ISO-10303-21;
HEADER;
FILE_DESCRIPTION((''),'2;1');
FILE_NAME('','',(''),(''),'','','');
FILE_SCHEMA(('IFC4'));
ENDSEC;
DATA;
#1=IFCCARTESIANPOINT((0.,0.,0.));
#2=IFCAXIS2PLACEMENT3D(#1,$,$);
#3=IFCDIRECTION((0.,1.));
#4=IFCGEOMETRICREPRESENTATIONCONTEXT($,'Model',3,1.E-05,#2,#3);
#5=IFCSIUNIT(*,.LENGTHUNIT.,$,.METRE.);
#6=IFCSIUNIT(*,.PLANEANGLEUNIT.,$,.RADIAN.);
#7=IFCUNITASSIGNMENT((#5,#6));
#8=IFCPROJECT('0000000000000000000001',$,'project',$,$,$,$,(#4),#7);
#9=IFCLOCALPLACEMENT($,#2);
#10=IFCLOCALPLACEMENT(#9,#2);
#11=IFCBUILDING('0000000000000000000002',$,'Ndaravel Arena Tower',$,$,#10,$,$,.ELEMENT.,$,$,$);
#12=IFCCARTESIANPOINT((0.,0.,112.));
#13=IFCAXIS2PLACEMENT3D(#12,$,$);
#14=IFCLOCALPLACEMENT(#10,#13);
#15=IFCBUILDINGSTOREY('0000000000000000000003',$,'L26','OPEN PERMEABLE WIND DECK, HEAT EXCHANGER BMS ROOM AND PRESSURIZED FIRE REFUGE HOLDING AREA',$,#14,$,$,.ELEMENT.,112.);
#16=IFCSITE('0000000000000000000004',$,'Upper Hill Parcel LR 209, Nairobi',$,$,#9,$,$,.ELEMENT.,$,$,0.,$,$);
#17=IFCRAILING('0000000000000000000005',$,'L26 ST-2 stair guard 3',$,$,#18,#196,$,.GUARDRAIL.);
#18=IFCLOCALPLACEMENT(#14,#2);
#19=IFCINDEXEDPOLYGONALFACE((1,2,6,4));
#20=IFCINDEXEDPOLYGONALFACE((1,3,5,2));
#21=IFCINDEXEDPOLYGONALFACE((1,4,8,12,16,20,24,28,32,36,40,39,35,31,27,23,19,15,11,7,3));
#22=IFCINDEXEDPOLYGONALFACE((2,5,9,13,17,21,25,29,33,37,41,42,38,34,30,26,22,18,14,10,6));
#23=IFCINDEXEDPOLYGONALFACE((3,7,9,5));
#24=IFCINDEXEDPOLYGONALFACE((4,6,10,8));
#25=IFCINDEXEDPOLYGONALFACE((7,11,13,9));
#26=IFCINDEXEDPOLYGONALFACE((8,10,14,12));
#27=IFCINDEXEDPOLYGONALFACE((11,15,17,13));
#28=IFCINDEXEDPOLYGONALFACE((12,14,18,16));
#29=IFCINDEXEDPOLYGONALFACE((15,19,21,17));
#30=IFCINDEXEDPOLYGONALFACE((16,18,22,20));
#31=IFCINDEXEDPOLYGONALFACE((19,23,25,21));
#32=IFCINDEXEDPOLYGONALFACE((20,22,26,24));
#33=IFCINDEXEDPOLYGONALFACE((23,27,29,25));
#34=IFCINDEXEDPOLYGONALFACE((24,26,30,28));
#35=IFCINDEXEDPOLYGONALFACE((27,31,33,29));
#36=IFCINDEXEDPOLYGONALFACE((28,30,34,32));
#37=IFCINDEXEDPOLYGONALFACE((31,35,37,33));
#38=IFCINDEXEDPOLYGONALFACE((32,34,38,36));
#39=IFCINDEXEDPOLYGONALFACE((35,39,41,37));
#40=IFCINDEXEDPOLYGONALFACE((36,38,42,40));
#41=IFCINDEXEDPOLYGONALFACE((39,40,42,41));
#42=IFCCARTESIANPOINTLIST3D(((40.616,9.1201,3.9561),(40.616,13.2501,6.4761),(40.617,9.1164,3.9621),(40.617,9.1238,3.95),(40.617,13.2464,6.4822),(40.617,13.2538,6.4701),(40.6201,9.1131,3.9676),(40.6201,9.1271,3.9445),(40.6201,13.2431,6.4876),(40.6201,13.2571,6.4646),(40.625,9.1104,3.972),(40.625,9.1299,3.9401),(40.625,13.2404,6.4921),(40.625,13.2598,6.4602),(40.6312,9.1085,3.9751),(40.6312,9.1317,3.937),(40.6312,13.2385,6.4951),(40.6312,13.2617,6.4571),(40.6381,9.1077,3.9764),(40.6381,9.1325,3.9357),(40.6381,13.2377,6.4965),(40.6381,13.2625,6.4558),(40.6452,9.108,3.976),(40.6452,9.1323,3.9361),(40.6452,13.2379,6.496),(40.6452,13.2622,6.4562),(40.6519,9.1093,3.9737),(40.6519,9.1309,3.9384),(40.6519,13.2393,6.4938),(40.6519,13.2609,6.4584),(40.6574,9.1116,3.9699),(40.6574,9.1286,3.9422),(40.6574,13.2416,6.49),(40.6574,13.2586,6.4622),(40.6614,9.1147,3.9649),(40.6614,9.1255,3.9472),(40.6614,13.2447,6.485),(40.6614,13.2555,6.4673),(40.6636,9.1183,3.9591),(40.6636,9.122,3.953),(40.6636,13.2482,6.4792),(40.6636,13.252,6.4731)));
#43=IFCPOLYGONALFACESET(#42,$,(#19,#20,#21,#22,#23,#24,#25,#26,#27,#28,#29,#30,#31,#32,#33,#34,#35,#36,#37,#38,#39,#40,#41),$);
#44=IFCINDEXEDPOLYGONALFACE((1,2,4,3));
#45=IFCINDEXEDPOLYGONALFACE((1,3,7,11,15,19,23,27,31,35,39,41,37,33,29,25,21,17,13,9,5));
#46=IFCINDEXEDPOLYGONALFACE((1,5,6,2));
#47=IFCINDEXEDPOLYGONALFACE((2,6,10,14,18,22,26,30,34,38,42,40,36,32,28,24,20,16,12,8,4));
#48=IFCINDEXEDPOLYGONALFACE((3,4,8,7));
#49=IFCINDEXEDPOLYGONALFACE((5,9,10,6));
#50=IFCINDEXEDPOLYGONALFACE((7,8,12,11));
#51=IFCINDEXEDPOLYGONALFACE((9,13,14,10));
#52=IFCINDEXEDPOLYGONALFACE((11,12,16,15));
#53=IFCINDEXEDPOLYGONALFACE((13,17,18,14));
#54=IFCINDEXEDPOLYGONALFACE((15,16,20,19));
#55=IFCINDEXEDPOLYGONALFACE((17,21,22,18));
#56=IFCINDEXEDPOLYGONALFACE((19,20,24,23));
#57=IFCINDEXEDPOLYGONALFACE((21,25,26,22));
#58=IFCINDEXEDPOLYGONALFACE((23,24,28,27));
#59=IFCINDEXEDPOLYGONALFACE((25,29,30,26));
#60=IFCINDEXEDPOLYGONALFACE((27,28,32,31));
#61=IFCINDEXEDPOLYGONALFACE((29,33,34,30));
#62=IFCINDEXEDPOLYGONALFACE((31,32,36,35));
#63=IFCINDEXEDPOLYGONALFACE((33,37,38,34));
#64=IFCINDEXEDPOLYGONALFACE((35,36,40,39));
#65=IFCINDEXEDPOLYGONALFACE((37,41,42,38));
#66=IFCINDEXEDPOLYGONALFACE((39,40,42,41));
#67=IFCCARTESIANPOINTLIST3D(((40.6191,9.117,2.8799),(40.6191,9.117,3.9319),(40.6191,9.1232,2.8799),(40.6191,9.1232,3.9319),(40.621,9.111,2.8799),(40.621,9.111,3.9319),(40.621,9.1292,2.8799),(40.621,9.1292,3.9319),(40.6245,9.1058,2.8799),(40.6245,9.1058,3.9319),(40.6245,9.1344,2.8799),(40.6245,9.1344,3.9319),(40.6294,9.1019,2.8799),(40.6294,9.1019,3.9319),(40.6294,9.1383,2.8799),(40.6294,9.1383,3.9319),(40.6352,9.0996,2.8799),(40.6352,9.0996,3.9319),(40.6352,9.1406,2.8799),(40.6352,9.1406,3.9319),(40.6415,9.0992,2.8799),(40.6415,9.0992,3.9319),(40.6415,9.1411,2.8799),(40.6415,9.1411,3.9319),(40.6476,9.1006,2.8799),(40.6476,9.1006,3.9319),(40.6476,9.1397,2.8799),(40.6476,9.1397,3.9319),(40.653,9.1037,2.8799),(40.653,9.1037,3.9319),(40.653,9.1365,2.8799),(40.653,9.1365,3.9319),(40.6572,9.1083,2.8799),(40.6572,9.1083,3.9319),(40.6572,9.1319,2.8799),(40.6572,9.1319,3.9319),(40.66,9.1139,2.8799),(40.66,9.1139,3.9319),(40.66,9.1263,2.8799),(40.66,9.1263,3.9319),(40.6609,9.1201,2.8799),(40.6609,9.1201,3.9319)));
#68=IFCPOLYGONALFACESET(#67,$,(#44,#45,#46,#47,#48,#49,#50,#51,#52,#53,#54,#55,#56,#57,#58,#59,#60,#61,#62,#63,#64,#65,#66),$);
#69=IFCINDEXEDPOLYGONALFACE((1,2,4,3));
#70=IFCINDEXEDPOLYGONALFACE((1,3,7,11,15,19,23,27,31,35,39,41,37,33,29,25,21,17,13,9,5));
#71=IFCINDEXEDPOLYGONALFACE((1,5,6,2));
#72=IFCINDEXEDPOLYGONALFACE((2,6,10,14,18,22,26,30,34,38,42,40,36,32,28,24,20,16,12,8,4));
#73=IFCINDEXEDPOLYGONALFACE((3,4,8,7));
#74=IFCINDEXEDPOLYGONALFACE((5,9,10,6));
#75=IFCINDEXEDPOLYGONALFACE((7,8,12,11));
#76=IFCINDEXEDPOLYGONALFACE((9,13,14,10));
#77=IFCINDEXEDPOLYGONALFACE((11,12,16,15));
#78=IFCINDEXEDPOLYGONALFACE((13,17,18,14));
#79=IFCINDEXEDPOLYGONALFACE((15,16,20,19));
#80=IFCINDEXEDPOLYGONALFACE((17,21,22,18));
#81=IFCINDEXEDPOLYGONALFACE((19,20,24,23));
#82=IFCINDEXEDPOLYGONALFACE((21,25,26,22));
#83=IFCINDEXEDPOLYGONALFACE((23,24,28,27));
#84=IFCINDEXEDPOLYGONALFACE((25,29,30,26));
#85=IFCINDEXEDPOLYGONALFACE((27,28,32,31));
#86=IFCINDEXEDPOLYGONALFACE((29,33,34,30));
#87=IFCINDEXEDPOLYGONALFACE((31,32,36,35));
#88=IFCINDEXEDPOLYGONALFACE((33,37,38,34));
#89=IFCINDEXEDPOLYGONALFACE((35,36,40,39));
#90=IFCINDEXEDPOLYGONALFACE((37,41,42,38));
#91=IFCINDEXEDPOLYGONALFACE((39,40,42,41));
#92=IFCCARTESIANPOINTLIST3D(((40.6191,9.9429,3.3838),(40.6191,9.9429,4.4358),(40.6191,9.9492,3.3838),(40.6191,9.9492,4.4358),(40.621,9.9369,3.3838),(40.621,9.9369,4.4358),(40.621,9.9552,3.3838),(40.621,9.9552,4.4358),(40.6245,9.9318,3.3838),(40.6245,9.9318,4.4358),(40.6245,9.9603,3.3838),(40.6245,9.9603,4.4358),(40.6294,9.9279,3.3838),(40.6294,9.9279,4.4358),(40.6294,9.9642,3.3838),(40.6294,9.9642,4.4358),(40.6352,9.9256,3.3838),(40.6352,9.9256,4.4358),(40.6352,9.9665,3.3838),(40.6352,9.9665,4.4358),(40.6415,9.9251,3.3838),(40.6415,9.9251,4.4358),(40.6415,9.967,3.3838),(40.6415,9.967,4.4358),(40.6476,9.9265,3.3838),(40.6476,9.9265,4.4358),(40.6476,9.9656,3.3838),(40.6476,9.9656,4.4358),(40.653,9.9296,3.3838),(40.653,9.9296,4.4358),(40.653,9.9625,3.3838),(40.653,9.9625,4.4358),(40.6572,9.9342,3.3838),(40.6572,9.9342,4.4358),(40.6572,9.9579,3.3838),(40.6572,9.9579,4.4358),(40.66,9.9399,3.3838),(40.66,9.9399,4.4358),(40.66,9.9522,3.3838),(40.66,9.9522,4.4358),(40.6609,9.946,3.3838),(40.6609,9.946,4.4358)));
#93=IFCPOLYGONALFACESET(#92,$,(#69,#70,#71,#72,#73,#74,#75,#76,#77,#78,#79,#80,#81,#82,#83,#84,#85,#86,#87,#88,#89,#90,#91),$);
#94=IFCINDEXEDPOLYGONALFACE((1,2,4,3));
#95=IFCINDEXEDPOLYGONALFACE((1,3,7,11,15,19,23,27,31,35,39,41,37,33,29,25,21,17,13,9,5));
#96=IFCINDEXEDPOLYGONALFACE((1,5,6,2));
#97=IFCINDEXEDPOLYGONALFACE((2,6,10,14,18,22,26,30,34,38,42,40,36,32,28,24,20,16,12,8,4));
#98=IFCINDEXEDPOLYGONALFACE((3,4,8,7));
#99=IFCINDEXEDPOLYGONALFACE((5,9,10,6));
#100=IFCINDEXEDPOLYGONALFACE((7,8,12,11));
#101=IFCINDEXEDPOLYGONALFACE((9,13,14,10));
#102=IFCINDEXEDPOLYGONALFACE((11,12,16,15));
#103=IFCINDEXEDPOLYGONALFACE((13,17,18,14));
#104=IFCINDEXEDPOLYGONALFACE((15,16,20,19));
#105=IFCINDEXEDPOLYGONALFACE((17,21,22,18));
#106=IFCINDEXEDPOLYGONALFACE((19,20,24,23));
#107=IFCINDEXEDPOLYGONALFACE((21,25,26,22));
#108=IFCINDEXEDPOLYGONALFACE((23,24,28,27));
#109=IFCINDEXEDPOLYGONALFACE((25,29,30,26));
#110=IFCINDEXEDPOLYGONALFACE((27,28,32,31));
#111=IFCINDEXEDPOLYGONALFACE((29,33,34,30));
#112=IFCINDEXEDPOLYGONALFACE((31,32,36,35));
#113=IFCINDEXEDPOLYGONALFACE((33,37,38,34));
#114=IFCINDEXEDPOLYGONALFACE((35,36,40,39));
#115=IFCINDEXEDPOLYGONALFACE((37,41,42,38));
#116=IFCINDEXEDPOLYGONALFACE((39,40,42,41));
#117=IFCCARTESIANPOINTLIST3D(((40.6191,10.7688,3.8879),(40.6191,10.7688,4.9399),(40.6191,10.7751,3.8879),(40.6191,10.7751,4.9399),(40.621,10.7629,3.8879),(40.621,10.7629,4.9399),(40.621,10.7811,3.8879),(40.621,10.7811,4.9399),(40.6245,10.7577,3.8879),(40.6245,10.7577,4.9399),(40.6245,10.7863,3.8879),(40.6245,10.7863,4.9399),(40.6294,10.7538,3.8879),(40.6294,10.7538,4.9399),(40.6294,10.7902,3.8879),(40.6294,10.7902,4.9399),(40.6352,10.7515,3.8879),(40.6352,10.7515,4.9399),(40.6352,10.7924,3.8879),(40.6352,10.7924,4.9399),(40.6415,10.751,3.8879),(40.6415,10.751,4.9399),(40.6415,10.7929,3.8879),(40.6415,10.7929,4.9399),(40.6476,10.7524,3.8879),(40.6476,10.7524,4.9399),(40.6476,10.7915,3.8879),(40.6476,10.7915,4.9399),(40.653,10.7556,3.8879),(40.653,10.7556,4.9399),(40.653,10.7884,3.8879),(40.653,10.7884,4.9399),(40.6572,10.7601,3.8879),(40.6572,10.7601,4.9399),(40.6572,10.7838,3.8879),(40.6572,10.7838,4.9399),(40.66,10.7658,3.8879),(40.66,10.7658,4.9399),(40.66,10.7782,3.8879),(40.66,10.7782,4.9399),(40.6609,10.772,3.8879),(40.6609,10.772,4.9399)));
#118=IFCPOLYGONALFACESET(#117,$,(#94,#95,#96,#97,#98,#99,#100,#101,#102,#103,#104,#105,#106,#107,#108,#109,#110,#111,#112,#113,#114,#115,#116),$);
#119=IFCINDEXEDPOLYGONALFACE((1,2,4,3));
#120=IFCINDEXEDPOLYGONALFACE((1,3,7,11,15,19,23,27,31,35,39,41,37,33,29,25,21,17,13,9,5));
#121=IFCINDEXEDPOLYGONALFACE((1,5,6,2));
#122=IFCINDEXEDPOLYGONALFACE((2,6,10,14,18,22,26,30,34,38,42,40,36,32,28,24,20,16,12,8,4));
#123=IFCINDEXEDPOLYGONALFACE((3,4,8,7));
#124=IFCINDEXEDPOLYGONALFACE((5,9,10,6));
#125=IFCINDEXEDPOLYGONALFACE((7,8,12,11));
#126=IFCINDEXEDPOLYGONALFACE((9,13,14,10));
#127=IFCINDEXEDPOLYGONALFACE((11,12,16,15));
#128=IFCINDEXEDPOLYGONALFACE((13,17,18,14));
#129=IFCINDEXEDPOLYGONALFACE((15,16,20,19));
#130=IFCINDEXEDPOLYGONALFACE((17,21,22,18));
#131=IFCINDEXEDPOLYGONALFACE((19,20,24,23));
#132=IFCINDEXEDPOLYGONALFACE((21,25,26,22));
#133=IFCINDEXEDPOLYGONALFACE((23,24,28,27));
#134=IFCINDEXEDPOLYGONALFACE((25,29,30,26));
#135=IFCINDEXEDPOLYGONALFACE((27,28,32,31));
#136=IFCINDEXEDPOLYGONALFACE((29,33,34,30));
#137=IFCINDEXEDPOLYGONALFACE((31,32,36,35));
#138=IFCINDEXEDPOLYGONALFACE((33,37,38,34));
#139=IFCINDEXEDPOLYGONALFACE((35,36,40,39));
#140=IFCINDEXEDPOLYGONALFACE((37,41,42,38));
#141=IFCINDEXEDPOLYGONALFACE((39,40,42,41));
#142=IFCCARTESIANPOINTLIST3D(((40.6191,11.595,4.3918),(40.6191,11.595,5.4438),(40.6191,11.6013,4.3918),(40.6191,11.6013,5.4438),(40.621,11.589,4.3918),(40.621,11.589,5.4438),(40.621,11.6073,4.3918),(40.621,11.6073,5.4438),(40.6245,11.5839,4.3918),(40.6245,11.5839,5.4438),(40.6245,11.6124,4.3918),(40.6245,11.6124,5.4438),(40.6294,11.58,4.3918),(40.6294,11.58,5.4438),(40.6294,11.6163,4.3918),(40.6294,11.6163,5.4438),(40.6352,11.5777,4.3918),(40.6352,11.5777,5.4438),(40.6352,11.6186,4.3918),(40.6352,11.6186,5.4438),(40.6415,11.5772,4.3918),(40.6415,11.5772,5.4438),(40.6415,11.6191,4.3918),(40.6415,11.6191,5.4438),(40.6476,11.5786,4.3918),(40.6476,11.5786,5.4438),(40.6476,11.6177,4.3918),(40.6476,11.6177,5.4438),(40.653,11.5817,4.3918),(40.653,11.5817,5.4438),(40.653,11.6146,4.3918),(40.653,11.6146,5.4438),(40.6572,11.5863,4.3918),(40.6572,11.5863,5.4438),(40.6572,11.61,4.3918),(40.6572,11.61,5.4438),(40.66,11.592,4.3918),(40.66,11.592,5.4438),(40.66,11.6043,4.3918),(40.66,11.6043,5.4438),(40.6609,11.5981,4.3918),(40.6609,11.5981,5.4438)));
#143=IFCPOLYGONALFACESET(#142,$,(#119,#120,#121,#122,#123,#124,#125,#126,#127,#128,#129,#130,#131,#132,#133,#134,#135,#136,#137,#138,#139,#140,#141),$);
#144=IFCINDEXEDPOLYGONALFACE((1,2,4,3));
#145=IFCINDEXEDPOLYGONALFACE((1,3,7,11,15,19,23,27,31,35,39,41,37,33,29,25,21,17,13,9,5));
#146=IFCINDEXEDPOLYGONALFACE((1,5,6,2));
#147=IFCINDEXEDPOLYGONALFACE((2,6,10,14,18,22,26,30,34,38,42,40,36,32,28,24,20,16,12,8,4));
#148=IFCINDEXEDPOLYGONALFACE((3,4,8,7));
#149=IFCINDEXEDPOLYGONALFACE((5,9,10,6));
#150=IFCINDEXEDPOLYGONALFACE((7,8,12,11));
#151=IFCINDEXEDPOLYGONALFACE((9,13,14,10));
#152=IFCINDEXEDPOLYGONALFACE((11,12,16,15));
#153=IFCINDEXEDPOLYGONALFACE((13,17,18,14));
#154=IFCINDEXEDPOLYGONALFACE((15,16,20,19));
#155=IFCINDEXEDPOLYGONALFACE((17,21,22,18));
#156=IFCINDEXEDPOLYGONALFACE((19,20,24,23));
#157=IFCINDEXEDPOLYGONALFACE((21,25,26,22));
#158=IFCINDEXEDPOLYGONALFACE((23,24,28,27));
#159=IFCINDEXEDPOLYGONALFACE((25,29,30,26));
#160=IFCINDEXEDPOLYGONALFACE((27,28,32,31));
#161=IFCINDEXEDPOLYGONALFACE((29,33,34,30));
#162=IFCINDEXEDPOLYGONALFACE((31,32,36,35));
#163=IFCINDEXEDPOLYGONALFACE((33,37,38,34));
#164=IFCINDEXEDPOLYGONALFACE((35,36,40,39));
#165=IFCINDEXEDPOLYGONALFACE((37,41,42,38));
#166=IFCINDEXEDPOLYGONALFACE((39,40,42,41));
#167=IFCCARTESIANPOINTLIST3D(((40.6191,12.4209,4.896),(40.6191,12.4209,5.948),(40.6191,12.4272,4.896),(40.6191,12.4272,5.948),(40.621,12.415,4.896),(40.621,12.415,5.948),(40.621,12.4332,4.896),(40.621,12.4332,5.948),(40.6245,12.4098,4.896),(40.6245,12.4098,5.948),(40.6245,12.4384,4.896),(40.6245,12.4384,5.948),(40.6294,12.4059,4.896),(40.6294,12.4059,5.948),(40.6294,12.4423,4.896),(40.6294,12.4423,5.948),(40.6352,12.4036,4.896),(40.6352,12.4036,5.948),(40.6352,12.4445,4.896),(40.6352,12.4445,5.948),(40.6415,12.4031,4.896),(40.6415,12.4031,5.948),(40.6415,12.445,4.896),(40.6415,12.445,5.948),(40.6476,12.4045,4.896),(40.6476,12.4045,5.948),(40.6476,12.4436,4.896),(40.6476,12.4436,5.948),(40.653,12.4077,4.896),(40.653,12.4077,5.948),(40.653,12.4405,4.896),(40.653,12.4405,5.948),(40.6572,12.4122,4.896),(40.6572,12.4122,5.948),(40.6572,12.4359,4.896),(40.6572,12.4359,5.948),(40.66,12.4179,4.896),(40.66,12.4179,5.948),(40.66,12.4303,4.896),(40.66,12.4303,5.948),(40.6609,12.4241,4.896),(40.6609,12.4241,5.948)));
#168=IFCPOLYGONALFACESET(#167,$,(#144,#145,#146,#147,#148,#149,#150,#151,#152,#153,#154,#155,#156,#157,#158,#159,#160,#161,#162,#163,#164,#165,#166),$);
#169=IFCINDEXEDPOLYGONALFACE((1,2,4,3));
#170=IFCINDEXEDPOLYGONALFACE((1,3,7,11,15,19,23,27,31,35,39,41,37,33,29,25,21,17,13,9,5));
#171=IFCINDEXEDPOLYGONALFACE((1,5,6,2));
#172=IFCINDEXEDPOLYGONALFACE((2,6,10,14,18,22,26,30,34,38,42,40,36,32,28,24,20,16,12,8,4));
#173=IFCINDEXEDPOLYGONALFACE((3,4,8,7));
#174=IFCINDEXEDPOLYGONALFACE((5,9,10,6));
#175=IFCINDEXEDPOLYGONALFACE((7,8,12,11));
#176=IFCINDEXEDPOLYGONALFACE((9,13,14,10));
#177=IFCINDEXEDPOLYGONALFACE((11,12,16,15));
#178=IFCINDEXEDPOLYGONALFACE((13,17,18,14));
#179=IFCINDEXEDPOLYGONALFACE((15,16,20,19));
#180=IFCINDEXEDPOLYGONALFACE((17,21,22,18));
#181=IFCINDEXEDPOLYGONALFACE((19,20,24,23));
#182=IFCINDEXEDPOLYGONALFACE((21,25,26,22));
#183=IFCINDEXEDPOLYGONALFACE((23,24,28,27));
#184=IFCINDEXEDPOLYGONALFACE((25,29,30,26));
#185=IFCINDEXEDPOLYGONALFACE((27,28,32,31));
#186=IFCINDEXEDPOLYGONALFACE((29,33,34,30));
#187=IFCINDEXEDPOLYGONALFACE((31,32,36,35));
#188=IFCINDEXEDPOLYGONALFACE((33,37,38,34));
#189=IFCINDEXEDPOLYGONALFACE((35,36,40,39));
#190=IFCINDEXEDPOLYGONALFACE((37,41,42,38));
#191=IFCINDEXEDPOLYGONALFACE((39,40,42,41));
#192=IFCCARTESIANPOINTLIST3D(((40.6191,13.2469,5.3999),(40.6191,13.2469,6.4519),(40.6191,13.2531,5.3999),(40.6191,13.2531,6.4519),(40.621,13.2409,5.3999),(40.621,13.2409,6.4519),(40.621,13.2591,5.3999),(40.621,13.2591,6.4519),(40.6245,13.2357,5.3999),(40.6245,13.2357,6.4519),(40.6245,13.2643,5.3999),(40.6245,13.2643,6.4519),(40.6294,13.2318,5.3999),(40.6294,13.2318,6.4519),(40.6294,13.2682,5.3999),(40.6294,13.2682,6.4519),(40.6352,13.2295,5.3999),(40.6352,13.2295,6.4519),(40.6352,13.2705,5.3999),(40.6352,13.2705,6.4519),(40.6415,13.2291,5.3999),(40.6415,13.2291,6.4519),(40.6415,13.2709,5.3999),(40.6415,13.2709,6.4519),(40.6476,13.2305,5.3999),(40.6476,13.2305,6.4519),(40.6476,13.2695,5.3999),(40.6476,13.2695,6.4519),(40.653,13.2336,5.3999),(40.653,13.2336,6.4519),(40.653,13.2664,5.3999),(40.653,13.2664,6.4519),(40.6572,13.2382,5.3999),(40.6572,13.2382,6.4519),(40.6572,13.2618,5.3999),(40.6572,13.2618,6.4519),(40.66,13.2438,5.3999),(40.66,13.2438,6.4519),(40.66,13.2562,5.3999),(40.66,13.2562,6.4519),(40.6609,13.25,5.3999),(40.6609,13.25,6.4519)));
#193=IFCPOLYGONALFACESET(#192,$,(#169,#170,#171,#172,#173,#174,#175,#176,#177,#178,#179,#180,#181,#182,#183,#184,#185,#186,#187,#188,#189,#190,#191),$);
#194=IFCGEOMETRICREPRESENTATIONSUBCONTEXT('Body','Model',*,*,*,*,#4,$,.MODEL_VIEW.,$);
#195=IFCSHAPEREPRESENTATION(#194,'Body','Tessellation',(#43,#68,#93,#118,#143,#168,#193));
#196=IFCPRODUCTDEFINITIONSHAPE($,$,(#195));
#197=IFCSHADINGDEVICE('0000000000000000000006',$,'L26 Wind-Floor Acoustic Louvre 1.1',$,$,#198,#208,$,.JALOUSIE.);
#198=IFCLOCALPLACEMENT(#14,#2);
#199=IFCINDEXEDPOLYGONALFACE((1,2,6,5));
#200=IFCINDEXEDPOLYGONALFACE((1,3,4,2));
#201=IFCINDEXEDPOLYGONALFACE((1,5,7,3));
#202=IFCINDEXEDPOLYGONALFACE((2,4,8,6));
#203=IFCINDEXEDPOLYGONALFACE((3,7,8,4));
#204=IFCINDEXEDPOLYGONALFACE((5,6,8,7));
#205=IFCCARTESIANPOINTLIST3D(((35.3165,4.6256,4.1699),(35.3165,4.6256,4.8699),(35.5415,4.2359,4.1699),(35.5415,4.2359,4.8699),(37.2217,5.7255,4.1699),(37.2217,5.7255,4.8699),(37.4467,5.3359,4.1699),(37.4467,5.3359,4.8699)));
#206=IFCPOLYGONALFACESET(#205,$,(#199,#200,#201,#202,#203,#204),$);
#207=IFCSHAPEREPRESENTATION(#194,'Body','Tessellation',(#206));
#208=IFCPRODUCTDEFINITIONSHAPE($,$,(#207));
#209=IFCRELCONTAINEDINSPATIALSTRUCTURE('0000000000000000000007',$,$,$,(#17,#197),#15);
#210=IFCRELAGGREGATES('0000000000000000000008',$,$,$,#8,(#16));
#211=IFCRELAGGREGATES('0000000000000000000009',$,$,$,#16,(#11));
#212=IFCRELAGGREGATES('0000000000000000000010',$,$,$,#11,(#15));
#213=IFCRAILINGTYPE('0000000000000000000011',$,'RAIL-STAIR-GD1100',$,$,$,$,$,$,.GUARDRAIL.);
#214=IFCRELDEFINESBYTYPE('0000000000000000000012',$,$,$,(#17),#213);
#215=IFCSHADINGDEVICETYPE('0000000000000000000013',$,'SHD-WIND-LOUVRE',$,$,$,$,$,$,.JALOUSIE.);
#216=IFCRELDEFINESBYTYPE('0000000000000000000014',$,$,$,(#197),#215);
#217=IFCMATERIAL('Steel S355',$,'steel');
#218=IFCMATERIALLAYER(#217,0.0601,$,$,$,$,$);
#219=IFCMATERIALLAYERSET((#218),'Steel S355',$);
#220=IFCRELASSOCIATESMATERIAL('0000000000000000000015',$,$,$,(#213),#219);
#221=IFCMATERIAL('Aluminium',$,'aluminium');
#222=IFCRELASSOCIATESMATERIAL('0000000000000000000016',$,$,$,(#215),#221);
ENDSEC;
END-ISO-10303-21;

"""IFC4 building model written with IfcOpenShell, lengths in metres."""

from ifc_helpers import new_model, si_unit, direction, frame, origin, origin_2d, place, context, subcontext, project, spatial, rectangle, circle, extrude, material, layer, layer_set, type_object, element, save


model = new_model("IFC4")

# Units and contexts
model_context = context("Model", 3, precision=1e-05, world=origin(), true_north=direction((0.0, 1.0)))
body_context = subcontext(model_context, "Body", "Model", "MODEL_VIEW")
ifc_project = project(units=[si_unit("LENGTHUNIT", "METRE"), si_unit("PLANEANGLEUNIT", "RADIAN")], contexts=[model_context])

# Site, building, storey
site_placement = place(None, origin())
site = spatial("IfcSite", under=ifc_project, at=site_placement, Name="Upper Hill Parcel LR 209, Nairobi", CompositionType="ELEMENT", RefElevation=0.0)
building_placement = place(site_placement, origin())
building = spatial("IfcBuilding", under=site, at=building_placement, Name="Ndaravel Arena Tower", CompositionType="ELEMENT")
storey_placement = place(building_placement, frame((0.0, 0.0, 112.0)))
storey = spatial("IfcBuildingStorey", under=building, at=storey_placement, Name="L26", Description="OPEN PERMEABLE WIND DECK, HEAT EXCHANGER BMS ROOM AND PRESSURIZED FIRE REFUGE HOLDING AREA", CompositionType="ELEMENT", Elevation=112.0)

# Railing
ifc_material_1 = material(Name="Steel S355", Category="steel")
ifc_layer_1 = layer(ifc_material_1, 0.0601)
ifc_layer_set_1 = layer_set([ifc_layer_1], Name="Steel S355")
railing_type_1 = type_object("IfcRailingType", Name="RAIL-STAIR-GD1100", PredefinedType="GUARDRAIL", material=ifc_layer_set_1)
railing_1_placement = place(storey_placement, frame((40.6399, 9.1201, 2.8799)))
element("IfcRailing", 1, at=railing_1_placement, inside=storey, type_object=railing_type_1, Name="L26 ST-2 stair guard 3", PredefinedType="GUARDRAIL", context=body_context, shape_type="SweptSolid", body=[
    extrude(circle(Radius=0.0239, at=origin_2d()), frame((0.0, 0.0, 1.0762), z_axis=(0.0, 0.853631, 0.520878), x_axis=(-1.0, 0.0, 0.0)), (0.0, 0.0, 1.0), 4.8381),
    extrude(circle(Radius=0.021, at=origin_2d()), origin(), (0.0, 0.0, 1.0), 1.052),
    extrude(circle(Radius=0.021, at=origin_2d()), frame((0.0, 0.8259, 0.5039)), (0.0, 0.0, 1.0), 1.052),
    extrude(circle(Radius=0.021, at=origin_2d()), frame((0.0, 1.6519, 1.0081)), (0.0, 0.0, 1.0), 1.052),
    extrude(circle(Radius=0.021, at=origin_2d()), frame((0.0, 2.478, 1.512)), (0.0, 0.0, 1.0), 1.052),
    extrude(circle(Radius=0.021, at=origin_2d()), frame((0.0, 3.304, 2.0161)), (0.0, 0.0, 1.0), 1.052),
    extrude(circle(Radius=0.021, at=origin_2d()), frame((0.0, 4.1299, 2.52)), (0.0, 0.0, 1.0), 1.052),
])

# Shading device
ifc_material_2 = material(Name="Aluminium", Category="aluminium")
shading_device_type = type_object("IfcShadingDeviceType", Name="SHD-WIND-LOUVRE", PredefinedType="JALOUSIE", material=ifc_material_2)
shading_device_placement = place(storey_placement, frame((36.3816, 4.9807, 4.1699), z_axis=(0.0, 0.0, 1.0), x_axis=(0.5, -0.866025, 0.0)))
element("IfcShadingDevice", 2, at=shading_device_placement, inside=storey, type_object=shading_device_type, Name="L26 Wind-Floor Acoustic Louvre 1.1", PredefinedType="JALOUSIE", context=body_context, shape_type="SweptSolid", body=[
    extrude(rectangle(XDim=0.45, YDim=2.2, at=origin_2d()), origin(), (0.0, 0.0, 1.0), 0.7),
])

save(model, "model.ifc")
